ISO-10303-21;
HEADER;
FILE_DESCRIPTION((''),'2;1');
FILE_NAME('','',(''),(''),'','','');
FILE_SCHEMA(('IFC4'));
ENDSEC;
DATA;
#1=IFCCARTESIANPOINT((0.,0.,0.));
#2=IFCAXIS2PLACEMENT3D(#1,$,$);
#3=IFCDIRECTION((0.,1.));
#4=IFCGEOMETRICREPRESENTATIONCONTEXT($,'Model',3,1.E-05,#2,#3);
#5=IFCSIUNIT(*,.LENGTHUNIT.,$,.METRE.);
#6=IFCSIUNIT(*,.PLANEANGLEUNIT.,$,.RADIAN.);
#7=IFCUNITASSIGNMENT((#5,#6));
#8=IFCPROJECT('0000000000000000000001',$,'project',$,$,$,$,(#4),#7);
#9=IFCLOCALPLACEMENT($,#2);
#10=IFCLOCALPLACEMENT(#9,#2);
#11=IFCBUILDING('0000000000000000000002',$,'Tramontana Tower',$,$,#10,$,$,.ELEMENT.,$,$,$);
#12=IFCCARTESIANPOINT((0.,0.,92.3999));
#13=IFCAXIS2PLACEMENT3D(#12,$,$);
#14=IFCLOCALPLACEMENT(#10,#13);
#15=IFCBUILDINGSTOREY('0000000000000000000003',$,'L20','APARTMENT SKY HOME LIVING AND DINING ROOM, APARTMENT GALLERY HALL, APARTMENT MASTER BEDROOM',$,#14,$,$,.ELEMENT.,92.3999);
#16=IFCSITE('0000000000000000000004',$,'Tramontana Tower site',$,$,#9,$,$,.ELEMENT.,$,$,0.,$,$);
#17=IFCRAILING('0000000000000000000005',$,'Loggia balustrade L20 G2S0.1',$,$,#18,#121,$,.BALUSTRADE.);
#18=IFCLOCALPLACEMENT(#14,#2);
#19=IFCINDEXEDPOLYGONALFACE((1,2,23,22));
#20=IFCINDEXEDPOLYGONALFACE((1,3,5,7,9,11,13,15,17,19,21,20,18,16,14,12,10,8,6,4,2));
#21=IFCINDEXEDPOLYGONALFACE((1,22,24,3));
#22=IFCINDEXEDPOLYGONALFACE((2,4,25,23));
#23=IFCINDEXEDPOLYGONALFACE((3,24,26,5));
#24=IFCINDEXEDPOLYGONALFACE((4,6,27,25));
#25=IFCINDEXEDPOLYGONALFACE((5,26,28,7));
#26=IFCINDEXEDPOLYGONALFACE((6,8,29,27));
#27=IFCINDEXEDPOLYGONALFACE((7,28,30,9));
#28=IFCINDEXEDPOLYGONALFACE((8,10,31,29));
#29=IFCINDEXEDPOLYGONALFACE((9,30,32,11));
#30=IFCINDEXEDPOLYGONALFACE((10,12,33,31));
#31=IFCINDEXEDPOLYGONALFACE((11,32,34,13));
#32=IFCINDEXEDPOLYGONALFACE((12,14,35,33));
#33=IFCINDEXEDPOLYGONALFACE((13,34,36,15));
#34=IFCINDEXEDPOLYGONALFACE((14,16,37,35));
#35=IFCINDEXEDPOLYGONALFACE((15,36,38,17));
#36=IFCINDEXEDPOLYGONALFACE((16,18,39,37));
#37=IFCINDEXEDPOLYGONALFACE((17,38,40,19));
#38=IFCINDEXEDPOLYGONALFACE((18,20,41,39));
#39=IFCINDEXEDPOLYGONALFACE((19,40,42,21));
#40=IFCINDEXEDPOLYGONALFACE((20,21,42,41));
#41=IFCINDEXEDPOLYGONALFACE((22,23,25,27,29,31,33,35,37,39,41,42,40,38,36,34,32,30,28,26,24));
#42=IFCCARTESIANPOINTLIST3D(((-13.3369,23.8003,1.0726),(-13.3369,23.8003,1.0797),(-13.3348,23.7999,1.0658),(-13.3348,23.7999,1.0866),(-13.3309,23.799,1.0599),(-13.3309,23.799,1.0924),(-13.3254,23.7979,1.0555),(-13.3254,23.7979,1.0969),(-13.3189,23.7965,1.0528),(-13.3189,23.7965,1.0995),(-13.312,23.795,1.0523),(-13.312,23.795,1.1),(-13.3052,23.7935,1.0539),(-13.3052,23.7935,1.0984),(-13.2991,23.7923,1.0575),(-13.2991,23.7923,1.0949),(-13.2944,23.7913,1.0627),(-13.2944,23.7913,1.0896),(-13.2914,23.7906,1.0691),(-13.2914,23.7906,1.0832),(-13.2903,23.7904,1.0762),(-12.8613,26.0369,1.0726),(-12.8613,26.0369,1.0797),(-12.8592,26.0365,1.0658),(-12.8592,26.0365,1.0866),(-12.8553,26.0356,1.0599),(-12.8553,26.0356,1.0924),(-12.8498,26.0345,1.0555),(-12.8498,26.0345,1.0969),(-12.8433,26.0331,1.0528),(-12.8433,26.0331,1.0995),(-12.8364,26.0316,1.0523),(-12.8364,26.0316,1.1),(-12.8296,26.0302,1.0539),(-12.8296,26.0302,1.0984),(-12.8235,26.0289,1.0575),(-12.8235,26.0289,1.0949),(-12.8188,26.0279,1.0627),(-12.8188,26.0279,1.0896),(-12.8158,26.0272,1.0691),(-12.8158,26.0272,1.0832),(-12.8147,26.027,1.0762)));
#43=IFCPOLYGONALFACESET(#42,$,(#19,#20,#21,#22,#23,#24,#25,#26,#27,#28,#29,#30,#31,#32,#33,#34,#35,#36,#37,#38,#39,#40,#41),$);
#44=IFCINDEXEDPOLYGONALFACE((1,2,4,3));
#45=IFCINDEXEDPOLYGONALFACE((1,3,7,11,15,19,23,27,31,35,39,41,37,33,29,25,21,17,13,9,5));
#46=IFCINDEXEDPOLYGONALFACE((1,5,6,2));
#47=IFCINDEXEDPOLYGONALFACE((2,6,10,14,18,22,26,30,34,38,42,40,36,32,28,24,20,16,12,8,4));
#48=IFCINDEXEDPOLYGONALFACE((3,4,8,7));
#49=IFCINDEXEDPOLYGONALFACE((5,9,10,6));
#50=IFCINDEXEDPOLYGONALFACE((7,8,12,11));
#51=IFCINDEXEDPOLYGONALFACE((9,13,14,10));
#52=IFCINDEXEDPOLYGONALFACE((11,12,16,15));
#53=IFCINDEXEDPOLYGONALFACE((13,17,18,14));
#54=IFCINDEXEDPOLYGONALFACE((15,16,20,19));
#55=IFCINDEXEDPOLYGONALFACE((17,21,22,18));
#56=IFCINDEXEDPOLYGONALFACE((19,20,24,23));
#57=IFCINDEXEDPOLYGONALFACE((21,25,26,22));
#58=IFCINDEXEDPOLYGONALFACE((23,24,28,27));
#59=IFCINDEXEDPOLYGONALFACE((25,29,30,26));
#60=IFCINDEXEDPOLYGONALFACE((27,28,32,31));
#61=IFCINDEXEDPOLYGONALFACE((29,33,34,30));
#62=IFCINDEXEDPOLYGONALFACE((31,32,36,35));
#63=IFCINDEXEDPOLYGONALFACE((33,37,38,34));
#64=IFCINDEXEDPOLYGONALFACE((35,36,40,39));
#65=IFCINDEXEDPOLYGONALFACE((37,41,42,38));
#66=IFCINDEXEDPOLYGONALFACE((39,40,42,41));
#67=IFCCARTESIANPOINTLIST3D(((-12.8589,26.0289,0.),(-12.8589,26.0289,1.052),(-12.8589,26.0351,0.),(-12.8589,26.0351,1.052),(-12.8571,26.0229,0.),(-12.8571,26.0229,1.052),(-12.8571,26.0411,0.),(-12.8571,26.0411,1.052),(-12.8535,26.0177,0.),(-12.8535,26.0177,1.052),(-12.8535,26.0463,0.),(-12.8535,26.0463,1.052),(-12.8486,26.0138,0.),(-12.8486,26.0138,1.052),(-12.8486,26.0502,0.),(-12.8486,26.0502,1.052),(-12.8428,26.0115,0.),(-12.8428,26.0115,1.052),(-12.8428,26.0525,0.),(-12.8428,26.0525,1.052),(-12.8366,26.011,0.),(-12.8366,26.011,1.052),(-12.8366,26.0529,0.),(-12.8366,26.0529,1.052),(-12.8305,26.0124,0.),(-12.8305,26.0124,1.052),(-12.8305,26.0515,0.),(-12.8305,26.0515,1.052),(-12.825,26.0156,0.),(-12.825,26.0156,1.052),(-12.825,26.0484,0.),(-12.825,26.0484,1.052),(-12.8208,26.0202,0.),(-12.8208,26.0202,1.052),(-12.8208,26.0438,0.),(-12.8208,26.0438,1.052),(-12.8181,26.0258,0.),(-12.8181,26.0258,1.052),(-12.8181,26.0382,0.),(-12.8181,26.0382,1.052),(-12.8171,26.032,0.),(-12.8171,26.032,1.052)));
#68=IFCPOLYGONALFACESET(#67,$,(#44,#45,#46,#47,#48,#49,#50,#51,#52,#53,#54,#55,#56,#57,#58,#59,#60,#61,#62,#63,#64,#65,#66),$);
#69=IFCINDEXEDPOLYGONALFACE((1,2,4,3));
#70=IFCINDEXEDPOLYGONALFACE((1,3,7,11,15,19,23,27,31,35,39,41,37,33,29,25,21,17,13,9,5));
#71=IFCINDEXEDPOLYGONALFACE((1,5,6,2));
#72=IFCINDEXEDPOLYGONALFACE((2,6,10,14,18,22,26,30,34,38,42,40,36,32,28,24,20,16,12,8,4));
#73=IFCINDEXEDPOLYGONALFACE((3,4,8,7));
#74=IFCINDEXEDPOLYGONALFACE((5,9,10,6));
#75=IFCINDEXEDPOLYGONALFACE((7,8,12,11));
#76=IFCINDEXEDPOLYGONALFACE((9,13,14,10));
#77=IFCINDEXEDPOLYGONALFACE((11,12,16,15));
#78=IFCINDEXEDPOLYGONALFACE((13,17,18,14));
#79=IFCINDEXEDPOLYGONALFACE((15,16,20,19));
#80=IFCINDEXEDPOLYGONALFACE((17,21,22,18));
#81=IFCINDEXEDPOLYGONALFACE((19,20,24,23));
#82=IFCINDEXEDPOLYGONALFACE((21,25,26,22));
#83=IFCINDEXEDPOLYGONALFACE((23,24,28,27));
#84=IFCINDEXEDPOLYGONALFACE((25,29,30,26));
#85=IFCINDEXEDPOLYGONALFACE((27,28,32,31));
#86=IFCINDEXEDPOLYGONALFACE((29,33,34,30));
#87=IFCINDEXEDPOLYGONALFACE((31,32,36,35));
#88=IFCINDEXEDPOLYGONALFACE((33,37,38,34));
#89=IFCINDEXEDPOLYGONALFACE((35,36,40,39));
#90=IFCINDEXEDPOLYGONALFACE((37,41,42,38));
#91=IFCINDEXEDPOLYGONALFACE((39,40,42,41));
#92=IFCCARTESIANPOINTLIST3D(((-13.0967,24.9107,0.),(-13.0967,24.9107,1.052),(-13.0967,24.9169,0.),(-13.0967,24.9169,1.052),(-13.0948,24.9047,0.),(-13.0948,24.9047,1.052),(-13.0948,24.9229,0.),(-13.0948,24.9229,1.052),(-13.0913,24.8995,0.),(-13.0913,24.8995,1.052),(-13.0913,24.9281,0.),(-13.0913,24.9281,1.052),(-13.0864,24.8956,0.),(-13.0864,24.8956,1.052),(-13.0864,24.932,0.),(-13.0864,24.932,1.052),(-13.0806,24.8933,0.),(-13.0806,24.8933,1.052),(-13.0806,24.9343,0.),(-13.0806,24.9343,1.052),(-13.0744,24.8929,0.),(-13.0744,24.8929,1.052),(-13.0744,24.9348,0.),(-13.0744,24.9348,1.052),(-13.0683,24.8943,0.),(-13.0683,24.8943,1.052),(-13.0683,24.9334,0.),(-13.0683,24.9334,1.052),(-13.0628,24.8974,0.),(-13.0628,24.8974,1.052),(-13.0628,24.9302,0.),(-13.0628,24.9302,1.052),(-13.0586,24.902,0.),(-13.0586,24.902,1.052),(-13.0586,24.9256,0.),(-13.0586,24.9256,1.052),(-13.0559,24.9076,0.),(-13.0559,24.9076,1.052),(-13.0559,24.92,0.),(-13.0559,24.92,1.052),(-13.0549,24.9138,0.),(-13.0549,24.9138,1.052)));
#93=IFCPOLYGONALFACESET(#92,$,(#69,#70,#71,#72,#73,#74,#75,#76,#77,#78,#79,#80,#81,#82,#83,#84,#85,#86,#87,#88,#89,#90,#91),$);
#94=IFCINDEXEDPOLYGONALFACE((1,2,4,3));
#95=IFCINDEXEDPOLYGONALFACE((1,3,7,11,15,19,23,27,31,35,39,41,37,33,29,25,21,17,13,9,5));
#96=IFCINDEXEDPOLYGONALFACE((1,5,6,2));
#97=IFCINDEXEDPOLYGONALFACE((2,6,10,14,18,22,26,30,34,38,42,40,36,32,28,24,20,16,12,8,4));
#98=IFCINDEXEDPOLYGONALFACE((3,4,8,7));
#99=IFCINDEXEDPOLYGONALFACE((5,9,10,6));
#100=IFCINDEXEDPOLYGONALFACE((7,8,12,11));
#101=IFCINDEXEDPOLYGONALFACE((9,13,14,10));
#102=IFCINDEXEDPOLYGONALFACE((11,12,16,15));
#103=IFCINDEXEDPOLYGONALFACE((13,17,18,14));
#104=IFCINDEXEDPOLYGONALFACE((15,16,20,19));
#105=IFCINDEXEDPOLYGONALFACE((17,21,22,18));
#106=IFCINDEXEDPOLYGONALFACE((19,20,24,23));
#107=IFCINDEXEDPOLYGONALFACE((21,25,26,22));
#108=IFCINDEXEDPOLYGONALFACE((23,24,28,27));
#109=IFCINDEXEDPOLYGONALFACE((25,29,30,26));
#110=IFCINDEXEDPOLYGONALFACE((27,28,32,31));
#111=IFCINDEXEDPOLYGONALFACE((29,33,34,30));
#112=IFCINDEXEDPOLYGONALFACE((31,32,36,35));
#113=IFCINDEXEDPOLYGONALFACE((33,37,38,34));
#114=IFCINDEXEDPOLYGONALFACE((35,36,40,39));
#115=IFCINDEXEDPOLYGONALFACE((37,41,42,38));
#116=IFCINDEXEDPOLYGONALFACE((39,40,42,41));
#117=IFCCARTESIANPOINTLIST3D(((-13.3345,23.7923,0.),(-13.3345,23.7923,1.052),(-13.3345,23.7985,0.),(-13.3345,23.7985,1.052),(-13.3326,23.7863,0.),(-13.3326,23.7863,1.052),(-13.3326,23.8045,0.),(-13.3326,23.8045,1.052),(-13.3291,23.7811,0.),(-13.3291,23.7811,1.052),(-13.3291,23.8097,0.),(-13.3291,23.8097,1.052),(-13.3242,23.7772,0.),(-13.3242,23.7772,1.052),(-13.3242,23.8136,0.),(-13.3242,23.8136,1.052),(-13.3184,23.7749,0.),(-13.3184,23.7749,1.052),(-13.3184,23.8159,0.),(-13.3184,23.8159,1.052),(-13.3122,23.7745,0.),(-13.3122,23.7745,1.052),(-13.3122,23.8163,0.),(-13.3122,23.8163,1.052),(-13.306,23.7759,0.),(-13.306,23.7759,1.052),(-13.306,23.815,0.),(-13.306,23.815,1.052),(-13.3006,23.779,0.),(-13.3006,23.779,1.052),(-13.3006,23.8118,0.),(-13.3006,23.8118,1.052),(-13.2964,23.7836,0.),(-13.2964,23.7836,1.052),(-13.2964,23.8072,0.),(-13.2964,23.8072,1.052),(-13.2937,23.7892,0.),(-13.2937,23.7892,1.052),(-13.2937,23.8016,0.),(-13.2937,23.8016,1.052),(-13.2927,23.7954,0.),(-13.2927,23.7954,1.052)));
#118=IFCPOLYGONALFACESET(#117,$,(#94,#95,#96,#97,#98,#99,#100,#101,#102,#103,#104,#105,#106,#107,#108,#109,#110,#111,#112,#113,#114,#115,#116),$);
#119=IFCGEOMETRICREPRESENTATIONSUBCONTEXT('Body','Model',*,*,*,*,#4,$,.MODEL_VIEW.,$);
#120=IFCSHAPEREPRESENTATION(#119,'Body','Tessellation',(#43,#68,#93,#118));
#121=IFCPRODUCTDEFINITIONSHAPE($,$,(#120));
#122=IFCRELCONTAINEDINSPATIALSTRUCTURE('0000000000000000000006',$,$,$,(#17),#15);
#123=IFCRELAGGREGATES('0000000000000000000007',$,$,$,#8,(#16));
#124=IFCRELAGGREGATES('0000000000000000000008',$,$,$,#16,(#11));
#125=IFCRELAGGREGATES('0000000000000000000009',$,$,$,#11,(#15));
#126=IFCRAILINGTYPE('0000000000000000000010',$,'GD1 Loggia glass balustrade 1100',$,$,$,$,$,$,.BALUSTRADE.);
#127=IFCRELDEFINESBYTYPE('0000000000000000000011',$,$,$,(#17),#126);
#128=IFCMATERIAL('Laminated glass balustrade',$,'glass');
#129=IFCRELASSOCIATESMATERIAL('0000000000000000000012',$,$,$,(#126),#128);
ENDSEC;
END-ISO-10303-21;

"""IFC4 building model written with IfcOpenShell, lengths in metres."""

from ifc_helpers import new_model, si_unit, direction, frame, origin, origin_2d, place, context, subcontext, project, spatial, circle, extrude, material, type_object, element, save


model = new_model("IFC4")

# Units and contexts
model_context = context("Model", 3, precision=1e-05, world=origin(), true_north=direction((0.0, 1.0)))
body_context = subcontext(model_context, "Body", "Model", "MODEL_VIEW")
ifc_project = project(units=[si_unit("LENGTHUNIT", "METRE"), si_unit("PLANEANGLEUNIT", "RADIAN")], contexts=[model_context])

# Site, building, storey
site_placement = place(None, origin())
site = spatial("IfcSite", under=ifc_project, at=site_placement, Name="Tramontana Tower site", CompositionType="ELEMENT", RefElevation=0.0)
building_placement = place(site_placement, origin())
building = spatial("IfcBuilding", under=site, at=building_placement, Name="Tramontana Tower", CompositionType="ELEMENT")
storey_placement = place(building_placement, frame((0.0, 0.0, 92.3999)))
storey = spatial("IfcBuildingStorey", under=building, at=storey_placement, Name="L20", Description="APARTMENT SKY HOME LIVING AND DINING ROOM, APARTMENT GALLERY HALL, APARTMENT MASTER BEDROOM", CompositionType="ELEMENT", Elevation=92.3999)

# Railing
ifc_material_1 = material(Name="Laminated glass balustrade", Category="glass")
railing_type = type_object("IfcRailingType", Name="GD1 Loggia glass balustrade 1100", PredefinedType="BALUSTRADE", material=ifc_material_1)
railing_1_placement = place(storey_placement, frame((-12.8381, 26.032, 0.0)))
element("IfcRailing", 1, at=railing_1_placement, inside=storey, type_object=railing_type, Name="Loggia balustrade L20 G2S0.1", PredefinedType="BALUSTRADE", context=body_context, shape_type="SweptSolid", body=[
    extrude(circle(Radius=0.0239, at=origin_2d()), frame((0.0, 0.0, 1.0762), z_axis=(-0.20799, -0.978131, 0.0), x_axis=(0.978131, -0.20799, 0.0)), (0.0, 0.0, 1.0), 2.2866),
    extrude(circle(Radius=0.021, at=origin_2d()), origin(), (0.0, 0.0, 1.0), 1.052),
    extrude(circle(Radius=0.021, at=origin_2d()), frame((-0.2378, -1.1182, 0.0)), (0.0, 0.0, 1.0), 1.052),
    extrude(circle(Radius=0.021, at=origin_2d()), frame((-0.4756, -2.2366, 0.0)), (0.0, 0.0, 1.0), 1.052),
])

save(model, "model.ifc")
